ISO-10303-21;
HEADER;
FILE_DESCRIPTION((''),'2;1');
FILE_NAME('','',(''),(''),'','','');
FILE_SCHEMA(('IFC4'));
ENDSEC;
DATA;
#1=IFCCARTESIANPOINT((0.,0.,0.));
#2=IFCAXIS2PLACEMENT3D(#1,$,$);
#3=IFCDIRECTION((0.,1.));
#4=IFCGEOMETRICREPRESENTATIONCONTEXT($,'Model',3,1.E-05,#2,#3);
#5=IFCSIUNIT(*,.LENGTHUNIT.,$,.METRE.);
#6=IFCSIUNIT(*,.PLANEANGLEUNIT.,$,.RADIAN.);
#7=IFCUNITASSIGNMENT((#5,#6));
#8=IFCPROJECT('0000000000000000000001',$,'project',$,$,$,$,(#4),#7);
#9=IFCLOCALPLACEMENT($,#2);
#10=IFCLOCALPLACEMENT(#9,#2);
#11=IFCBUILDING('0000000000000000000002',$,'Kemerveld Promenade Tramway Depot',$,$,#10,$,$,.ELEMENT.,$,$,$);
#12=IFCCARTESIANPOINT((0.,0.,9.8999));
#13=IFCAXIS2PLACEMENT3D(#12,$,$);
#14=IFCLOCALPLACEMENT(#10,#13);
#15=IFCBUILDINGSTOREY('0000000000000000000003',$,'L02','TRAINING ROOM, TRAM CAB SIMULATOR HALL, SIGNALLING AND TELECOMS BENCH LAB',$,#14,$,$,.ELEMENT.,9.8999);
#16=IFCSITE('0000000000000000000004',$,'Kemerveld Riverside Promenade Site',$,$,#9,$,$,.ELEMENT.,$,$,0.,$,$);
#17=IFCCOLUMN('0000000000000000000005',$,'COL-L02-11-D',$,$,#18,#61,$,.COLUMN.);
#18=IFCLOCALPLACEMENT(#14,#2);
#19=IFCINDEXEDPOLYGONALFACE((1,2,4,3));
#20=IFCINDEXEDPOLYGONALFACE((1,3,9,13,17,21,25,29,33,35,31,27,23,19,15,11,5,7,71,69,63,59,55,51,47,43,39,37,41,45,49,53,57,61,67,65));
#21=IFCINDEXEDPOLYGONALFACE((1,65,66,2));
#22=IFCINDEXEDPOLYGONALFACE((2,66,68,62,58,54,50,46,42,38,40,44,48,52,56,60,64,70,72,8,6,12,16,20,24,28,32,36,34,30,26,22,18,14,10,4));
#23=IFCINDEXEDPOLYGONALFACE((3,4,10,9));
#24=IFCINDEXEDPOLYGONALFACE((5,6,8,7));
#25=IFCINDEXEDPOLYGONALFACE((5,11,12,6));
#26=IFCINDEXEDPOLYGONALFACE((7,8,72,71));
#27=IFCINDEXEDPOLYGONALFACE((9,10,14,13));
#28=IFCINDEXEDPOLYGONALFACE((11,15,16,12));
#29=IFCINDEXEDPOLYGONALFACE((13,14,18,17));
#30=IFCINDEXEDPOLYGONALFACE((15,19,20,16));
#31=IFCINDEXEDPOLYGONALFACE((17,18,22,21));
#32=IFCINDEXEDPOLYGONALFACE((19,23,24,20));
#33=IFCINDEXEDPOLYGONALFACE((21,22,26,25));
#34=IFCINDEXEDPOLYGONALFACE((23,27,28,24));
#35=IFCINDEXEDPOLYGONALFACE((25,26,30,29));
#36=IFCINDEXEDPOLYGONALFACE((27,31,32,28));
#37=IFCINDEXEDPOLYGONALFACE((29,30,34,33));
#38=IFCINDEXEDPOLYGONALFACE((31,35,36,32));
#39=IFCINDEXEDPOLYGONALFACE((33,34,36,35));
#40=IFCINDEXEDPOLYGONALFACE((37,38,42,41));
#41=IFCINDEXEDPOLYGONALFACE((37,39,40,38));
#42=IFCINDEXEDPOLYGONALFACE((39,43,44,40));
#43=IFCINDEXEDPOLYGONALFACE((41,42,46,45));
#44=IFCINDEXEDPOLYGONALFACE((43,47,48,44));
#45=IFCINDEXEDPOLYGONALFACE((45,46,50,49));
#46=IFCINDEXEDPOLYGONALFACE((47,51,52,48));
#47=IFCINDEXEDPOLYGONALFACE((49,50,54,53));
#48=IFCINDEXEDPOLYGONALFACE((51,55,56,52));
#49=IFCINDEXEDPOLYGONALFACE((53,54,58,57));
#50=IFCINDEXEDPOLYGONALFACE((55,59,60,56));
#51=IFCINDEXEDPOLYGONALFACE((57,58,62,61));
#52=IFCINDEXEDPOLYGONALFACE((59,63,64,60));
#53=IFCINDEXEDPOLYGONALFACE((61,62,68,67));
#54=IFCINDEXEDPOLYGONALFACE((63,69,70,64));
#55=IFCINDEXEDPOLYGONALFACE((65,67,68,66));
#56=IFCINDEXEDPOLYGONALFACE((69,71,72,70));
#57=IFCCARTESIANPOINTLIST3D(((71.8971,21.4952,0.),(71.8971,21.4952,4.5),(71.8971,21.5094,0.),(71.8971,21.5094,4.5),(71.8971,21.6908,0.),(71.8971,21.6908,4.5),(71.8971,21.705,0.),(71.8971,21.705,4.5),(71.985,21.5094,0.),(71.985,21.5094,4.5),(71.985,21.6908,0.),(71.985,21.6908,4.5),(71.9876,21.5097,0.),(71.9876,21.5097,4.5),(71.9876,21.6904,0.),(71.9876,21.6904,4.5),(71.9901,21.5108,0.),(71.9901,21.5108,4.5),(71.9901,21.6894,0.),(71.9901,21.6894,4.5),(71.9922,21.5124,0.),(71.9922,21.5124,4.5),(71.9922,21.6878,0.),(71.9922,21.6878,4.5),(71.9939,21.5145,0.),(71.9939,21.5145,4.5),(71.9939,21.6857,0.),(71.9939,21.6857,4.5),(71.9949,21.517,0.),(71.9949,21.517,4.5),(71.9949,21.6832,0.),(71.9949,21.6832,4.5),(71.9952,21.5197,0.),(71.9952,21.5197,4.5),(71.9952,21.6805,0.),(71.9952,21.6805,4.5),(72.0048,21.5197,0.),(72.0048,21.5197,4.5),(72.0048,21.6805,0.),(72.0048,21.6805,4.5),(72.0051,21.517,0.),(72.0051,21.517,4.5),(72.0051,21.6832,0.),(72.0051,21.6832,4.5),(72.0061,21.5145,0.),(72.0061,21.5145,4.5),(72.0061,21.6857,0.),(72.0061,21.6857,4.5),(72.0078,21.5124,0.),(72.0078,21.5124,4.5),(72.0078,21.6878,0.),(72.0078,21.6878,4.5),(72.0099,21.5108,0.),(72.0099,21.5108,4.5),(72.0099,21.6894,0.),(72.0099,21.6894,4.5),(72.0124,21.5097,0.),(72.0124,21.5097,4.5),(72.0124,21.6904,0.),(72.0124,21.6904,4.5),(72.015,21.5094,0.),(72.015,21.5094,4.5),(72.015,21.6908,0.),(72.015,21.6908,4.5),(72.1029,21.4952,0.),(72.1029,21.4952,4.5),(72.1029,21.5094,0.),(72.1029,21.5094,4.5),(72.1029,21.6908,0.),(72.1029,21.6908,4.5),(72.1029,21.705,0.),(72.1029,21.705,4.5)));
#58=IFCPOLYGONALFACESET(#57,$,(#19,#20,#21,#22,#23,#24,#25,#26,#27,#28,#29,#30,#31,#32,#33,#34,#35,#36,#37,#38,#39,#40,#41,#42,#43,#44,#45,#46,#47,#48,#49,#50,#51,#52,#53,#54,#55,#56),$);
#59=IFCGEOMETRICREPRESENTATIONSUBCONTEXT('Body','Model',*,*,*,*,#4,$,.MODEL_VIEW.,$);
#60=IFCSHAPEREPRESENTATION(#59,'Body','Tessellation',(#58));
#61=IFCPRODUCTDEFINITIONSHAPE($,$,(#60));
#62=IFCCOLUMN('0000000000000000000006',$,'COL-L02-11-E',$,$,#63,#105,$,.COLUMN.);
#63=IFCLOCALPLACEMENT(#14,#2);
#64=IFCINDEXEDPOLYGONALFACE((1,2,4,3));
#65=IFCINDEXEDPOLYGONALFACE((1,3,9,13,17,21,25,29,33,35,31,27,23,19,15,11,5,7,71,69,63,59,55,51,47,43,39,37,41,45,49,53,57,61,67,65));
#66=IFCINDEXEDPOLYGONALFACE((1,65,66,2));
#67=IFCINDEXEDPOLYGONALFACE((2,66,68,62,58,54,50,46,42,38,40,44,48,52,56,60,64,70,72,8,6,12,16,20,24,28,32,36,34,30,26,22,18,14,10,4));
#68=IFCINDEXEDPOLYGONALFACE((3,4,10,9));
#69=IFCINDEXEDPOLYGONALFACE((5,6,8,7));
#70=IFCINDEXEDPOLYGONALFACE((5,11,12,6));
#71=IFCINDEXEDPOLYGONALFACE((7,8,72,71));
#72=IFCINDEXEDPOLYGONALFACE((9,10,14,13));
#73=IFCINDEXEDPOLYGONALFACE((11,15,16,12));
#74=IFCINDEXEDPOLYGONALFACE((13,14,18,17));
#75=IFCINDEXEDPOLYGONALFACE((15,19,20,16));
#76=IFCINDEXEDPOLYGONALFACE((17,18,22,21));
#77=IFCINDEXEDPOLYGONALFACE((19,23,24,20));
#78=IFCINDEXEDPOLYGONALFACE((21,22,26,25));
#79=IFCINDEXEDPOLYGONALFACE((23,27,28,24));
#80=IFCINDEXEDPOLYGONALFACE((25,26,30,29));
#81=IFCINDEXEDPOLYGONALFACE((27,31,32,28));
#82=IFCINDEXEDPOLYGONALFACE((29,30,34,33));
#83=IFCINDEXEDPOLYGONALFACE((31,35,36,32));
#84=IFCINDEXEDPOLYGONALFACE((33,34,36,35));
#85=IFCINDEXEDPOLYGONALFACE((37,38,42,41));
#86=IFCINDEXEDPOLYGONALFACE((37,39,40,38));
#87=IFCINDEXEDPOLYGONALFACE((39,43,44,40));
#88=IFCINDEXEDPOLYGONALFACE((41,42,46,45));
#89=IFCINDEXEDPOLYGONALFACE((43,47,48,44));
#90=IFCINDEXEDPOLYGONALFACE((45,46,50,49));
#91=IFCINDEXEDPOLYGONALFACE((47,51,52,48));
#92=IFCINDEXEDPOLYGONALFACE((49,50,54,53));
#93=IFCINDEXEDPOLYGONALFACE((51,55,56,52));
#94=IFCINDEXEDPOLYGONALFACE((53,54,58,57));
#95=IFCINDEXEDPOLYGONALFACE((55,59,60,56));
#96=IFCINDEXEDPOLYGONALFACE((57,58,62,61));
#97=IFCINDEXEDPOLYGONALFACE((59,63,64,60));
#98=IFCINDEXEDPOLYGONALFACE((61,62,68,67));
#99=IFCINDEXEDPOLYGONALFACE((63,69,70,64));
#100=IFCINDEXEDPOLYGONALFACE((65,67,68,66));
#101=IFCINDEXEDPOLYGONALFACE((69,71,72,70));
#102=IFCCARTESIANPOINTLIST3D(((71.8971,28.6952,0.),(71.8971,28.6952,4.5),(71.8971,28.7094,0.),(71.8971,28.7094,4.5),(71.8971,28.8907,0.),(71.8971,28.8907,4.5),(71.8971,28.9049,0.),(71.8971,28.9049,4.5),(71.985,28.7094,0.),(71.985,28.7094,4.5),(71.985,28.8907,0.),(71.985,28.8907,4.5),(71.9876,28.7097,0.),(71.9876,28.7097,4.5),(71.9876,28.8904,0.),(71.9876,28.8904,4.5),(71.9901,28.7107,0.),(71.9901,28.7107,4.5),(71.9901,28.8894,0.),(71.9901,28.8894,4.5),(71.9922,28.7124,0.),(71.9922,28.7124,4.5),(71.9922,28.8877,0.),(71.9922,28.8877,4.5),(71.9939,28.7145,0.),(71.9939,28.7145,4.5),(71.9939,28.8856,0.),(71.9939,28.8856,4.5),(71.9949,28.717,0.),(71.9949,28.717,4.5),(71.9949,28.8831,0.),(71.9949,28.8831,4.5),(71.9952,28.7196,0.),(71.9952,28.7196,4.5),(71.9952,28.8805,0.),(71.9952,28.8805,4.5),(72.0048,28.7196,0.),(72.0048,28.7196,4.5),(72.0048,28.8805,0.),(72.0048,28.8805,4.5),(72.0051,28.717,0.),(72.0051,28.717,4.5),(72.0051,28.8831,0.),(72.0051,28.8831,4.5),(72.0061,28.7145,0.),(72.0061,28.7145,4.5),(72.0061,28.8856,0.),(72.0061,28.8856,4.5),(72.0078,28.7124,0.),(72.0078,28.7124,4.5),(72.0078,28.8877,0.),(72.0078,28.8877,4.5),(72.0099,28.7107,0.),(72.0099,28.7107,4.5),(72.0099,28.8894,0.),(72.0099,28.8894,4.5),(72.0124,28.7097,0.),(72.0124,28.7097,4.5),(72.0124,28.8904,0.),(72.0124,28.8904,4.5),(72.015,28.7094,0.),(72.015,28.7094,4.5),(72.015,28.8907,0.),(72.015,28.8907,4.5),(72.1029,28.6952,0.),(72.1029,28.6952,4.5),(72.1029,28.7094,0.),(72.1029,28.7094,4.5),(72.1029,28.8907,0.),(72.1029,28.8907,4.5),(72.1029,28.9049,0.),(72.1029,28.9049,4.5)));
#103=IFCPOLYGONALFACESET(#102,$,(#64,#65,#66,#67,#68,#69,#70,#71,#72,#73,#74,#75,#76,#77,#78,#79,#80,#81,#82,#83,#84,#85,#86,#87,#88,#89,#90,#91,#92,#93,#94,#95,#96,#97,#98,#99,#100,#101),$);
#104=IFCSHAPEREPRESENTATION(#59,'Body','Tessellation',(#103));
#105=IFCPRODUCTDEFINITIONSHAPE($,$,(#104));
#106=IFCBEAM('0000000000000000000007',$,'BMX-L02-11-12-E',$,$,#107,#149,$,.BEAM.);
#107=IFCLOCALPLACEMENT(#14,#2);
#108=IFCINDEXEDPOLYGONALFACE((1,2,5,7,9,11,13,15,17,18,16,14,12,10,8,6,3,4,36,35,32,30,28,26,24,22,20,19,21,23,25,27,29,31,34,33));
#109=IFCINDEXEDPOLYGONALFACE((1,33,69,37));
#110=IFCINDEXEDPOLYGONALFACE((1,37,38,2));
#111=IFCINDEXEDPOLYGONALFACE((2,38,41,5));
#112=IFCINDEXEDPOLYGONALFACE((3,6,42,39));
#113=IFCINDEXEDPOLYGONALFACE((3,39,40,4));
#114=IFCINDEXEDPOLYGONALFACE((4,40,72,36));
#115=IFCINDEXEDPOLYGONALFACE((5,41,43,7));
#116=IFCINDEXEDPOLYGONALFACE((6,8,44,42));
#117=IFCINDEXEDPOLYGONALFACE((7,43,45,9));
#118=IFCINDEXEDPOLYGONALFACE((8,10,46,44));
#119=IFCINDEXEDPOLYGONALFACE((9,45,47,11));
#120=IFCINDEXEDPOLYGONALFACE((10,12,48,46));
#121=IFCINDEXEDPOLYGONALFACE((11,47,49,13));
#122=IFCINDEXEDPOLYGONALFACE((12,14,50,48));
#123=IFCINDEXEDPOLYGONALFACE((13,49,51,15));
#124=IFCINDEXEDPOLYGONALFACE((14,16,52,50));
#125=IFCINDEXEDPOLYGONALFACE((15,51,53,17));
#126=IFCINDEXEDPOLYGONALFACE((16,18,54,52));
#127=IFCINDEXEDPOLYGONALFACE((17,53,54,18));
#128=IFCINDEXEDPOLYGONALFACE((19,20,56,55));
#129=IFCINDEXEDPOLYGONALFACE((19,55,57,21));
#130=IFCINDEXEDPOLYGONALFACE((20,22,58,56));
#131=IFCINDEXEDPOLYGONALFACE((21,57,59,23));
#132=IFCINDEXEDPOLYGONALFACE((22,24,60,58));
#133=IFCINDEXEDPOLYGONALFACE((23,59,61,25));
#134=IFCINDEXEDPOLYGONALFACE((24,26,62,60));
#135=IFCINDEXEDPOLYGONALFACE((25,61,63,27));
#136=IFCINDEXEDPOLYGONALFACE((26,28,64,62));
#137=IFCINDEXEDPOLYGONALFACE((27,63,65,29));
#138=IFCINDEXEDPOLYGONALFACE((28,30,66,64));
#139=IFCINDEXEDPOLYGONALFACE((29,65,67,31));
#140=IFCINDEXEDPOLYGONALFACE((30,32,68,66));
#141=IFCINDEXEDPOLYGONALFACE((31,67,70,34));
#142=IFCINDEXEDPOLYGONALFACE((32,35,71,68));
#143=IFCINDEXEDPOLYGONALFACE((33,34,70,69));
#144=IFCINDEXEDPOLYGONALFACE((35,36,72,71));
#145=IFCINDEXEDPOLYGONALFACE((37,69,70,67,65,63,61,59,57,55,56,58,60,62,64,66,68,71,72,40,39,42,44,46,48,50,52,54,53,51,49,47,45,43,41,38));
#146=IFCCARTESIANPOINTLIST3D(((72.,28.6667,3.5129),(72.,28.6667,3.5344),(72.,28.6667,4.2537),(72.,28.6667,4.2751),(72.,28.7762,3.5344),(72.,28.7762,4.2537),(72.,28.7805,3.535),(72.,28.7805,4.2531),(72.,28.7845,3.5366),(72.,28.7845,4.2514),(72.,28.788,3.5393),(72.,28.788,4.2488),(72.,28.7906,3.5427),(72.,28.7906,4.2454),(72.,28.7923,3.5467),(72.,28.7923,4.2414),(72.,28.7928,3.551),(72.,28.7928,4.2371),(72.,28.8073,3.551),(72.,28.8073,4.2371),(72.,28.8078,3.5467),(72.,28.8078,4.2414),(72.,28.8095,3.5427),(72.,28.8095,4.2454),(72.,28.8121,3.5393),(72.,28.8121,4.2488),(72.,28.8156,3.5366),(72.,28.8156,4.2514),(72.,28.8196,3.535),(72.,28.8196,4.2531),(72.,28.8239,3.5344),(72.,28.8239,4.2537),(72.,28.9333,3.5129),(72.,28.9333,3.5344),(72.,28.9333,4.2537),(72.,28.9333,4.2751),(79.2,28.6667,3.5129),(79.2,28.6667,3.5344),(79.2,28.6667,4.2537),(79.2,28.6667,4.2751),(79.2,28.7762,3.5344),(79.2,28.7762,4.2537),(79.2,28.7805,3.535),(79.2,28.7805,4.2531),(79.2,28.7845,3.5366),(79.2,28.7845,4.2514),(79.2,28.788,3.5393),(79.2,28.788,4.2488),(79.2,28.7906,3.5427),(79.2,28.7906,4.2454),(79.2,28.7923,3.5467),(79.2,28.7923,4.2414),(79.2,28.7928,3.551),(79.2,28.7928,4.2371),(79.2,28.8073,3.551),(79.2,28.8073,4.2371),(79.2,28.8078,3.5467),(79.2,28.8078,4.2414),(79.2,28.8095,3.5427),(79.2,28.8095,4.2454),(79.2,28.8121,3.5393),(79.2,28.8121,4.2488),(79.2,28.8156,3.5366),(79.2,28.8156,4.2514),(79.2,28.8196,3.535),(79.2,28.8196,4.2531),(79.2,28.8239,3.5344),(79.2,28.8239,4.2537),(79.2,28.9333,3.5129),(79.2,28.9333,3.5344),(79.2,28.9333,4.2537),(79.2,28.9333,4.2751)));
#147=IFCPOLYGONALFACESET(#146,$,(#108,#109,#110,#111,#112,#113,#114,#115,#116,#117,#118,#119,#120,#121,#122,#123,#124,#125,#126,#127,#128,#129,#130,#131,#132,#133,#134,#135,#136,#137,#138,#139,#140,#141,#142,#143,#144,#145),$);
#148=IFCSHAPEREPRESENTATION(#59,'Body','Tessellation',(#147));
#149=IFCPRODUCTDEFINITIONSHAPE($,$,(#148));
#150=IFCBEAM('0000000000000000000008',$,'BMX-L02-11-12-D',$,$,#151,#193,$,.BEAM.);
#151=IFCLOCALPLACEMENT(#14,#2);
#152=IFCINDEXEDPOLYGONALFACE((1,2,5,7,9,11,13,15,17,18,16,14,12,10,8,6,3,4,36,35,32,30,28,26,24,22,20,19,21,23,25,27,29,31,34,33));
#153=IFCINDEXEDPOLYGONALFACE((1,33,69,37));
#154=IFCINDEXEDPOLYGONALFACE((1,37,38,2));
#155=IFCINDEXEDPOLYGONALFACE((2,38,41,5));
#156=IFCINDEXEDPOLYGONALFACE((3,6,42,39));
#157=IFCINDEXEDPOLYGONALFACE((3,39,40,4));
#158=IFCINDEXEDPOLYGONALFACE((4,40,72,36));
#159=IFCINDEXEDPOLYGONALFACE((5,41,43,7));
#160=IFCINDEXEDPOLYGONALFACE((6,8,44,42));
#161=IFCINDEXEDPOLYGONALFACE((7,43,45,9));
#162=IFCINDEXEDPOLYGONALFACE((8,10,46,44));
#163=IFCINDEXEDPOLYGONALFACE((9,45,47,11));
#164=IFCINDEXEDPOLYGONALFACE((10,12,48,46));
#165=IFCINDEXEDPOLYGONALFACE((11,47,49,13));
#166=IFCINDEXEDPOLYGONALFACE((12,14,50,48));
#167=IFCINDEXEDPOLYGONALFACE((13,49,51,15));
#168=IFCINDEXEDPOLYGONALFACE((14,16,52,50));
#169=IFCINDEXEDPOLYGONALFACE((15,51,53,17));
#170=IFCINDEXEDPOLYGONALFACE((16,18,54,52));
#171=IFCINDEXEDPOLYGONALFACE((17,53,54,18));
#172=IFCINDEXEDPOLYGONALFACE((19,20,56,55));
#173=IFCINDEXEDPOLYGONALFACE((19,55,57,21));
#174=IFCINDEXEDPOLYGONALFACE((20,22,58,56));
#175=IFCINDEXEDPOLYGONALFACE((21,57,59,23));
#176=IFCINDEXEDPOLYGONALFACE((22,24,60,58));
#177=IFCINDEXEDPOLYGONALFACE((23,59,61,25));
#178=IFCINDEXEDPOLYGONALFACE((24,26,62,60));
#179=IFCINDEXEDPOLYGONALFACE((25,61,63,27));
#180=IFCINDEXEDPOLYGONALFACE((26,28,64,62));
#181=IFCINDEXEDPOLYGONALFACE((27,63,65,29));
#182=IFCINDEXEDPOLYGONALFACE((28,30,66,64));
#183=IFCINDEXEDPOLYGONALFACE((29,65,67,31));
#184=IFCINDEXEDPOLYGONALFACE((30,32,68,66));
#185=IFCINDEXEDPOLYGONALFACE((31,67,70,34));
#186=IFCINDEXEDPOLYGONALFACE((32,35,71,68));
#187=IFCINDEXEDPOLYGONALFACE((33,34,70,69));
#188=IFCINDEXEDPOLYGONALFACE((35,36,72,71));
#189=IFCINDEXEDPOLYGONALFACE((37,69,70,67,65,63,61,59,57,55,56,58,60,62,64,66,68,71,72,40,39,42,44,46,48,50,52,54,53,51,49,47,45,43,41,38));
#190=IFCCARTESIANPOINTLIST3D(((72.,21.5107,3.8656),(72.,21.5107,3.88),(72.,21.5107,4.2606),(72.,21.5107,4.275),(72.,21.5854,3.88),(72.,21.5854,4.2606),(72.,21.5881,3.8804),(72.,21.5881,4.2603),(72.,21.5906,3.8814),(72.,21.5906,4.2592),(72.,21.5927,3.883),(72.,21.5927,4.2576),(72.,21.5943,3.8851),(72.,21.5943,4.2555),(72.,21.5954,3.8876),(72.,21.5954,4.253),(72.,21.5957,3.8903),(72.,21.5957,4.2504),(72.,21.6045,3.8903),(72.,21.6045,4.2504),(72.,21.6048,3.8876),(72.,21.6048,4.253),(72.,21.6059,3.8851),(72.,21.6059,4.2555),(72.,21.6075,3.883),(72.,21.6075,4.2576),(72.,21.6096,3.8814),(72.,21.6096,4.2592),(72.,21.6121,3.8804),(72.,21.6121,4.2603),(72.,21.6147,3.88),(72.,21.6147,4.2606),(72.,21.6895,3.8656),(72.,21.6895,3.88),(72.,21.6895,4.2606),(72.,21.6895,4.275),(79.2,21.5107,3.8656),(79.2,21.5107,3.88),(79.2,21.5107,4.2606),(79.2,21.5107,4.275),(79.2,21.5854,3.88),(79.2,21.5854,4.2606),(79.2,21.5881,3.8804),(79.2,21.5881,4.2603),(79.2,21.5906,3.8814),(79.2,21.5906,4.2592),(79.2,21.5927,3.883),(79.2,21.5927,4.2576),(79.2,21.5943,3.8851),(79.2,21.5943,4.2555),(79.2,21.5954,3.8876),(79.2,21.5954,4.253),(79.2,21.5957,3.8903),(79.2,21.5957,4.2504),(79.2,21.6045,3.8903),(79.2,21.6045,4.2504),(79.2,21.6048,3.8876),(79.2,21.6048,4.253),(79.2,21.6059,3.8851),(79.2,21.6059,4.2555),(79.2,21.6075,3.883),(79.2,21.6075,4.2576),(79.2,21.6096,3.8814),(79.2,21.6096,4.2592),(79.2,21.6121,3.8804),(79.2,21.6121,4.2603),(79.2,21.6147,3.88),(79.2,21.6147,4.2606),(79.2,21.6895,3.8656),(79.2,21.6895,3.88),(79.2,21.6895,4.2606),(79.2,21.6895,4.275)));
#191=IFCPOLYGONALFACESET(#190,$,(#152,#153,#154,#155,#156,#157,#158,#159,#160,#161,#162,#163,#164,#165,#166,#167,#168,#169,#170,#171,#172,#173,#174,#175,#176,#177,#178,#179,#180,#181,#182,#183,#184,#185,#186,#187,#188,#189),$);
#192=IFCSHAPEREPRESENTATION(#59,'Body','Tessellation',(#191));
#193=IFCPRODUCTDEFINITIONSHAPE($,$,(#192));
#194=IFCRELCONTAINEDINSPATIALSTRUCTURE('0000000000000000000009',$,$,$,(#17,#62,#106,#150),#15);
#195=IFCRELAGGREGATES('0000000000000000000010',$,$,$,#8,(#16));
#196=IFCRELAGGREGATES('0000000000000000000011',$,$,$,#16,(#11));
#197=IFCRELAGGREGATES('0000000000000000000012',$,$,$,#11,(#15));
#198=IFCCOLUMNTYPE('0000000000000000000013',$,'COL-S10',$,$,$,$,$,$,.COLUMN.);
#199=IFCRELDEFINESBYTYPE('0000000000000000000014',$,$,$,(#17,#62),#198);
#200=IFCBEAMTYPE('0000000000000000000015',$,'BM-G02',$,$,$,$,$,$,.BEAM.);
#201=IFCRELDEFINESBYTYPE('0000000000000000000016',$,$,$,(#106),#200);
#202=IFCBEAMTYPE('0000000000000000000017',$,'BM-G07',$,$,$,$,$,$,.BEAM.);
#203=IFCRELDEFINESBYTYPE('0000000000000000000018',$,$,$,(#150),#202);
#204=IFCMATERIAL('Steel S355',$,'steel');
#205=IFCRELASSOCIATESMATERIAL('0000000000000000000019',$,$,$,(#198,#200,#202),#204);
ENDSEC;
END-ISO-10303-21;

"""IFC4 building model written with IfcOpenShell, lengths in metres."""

from ifc_helpers import new_model, si_unit, direction, frame, origin, origin_2d, place, context, subcontext, project, spatial, i_section, extrude, material, material_profile, profile_set, type_object, element, save


model = new_model("IFC4")

# Units and contexts
model_context = context("Model", 3, precision=1e-05, world=origin(), true_north=direction((0.0, 1.0)))
body_context = subcontext(model_context, "Body", "Model", "MODEL_VIEW")
ifc_project = project(units=[si_unit("LENGTHUNIT", "METRE"), si_unit("PLANEANGLEUNIT", "RADIAN")], contexts=[model_context])

# Site, building, storey
site_placement = place(None, origin())
site = spatial("IfcSite", under=ifc_project, at=site_placement, Name="Kemerveld Riverside Promenade Site", CompositionType="ELEMENT", RefElevation=0.0)
building_placement = place(site_placement, origin())
building = spatial("IfcBuilding", under=site, at=building_placement, Name="Kemerveld Promenade Tramway Depot", CompositionType="ELEMENT")
storey_placement = place(building_placement, frame((0.0, 0.0, 9.8999)))
storey = spatial("IfcBuildingStorey", under=building, at=storey_placement, Name="L02", Description="TRAINING ROOM, TRAM CAB SIMULATOR HALL, SIGNALLING AND TELECOMS BENCH LAB", CompositionType="ELEMENT", Elevation=9.8999)

# Columns
ifc_material_1 = material(Name="Steel S355", Category="steel")
ifc_material_profile_1 = material_profile(ifc_material_1, i_section(OverallWidth=0.2058, OverallDepth=0.2097, WebThickness=0.0095, FlangeThickness=0.0142, FilletRadius=0.0103, at=origin_2d()), Name="203x203x60 UC")
ifc_profile_set_1 = profile_set([ifc_material_profile_1], Name="Steel S355")
column_type = type_object("IfcColumnType", Name="COL-S10", PredefinedType="COLUMN", material=ifc_profile_set_1)
for number, where, z_axis, x_axis, name in (
    (1, (72.0, 21.6001, 0.0), (0.0, 0.0, 1.0), (1.0, 0.0, 0.0), "COL-L02-11-D"),
    (2, (72.0, 28.8, 0.0), (0.0, 0.0, 1.0), (1.0, 0.0, 0.0), "COL-L02-11-E"),
):
    element("IfcColumn", number, at=place(storey_placement, frame(where, z_axis=z_axis, x_axis=x_axis)), inside=storey, type_object=column_type, Name=name, PredefinedType="COLUMN", context=body_context, shape_type="SweptSolid", body=[
        extrude(i_section(OverallWidth=0.2058, OverallDepth=0.2097, WebThickness=0.0095, FlangeThickness=0.0142, FilletRadius=0.0103, at=origin_2d()), origin(), (0.0, 0.0, 1.0), 4.5),
    ])

# Beams
ifc_material_profile_2 = material_profile(ifc_material_1, i_section(OverallWidth=0.2666, OverallDepth=0.7622, WebThickness=0.0144, FlangeThickness=0.0215, FilletRadius=0.0166, at=origin_2d()), Name="762x267x173 UB")
ifc_profile_set_2 = profile_set([ifc_material_profile_2], Name="Steel S355")
beam_type_1 = type_object("IfcBeamType", Name="BM-G02", PredefinedType="BEAM", material=ifc_profile_set_2)
beam_1_placement = place(storey_placement, frame((72.0, 28.8, 3.894), z_axis=(1.0, 0.0, 0.0), x_axis=(0.0, 1.0, 0.0)))
element("IfcBeam", 3, at=beam_1_placement, inside=storey, type_object=beam_type_1, Name="BMX-L02-11-12-E", PredefinedType="BEAM", context=body_context, shape_type="SweptSolid", body=[
    extrude(i_section(OverallWidth=0.2666, OverallDepth=0.7622, WebThickness=0.0144, FlangeThickness=0.0215, FilletRadius=0.0166, at=origin_2d()), origin(), (0.0, 0.0, 1.0), 7.2),
])
ifc_material_profile_3 = material_profile(ifc_material_1, i_section(OverallWidth=0.1787, OverallDepth=0.4094, WebThickness=0.0088, FlangeThickness=0.0144, FilletRadius=0.0103, at=origin_2d()), Name="406x178x67 UB")
ifc_profile_set_3 = profile_set([ifc_material_profile_3], Name="Steel S355")
beam_type_2 = type_object("IfcBeamType", Name="BM-G07", PredefinedType="BEAM", material=ifc_profile_set_3)
beam_2_placement = place(storey_placement, frame((72.0, 21.6001, 4.0703), z_axis=(1.0, 0.0, 0.0), x_axis=(0.0, 1.0, 0.0)))
element("IfcBeam", 4, at=beam_2_placement, inside=storey, type_object=beam_type_2, Name="BMX-L02-11-12-D", PredefinedType="BEAM", context=body_context, shape_type="SweptSolid", body=[
    extrude(i_section(OverallWidth=0.1787, OverallDepth=0.4094, WebThickness=0.0088, FlangeThickness=0.0144, FilletRadius=0.0103, at=origin_2d()), origin(), (0.0, 0.0, 1.0), 7.2),
])

save(model, "model.ifc")
